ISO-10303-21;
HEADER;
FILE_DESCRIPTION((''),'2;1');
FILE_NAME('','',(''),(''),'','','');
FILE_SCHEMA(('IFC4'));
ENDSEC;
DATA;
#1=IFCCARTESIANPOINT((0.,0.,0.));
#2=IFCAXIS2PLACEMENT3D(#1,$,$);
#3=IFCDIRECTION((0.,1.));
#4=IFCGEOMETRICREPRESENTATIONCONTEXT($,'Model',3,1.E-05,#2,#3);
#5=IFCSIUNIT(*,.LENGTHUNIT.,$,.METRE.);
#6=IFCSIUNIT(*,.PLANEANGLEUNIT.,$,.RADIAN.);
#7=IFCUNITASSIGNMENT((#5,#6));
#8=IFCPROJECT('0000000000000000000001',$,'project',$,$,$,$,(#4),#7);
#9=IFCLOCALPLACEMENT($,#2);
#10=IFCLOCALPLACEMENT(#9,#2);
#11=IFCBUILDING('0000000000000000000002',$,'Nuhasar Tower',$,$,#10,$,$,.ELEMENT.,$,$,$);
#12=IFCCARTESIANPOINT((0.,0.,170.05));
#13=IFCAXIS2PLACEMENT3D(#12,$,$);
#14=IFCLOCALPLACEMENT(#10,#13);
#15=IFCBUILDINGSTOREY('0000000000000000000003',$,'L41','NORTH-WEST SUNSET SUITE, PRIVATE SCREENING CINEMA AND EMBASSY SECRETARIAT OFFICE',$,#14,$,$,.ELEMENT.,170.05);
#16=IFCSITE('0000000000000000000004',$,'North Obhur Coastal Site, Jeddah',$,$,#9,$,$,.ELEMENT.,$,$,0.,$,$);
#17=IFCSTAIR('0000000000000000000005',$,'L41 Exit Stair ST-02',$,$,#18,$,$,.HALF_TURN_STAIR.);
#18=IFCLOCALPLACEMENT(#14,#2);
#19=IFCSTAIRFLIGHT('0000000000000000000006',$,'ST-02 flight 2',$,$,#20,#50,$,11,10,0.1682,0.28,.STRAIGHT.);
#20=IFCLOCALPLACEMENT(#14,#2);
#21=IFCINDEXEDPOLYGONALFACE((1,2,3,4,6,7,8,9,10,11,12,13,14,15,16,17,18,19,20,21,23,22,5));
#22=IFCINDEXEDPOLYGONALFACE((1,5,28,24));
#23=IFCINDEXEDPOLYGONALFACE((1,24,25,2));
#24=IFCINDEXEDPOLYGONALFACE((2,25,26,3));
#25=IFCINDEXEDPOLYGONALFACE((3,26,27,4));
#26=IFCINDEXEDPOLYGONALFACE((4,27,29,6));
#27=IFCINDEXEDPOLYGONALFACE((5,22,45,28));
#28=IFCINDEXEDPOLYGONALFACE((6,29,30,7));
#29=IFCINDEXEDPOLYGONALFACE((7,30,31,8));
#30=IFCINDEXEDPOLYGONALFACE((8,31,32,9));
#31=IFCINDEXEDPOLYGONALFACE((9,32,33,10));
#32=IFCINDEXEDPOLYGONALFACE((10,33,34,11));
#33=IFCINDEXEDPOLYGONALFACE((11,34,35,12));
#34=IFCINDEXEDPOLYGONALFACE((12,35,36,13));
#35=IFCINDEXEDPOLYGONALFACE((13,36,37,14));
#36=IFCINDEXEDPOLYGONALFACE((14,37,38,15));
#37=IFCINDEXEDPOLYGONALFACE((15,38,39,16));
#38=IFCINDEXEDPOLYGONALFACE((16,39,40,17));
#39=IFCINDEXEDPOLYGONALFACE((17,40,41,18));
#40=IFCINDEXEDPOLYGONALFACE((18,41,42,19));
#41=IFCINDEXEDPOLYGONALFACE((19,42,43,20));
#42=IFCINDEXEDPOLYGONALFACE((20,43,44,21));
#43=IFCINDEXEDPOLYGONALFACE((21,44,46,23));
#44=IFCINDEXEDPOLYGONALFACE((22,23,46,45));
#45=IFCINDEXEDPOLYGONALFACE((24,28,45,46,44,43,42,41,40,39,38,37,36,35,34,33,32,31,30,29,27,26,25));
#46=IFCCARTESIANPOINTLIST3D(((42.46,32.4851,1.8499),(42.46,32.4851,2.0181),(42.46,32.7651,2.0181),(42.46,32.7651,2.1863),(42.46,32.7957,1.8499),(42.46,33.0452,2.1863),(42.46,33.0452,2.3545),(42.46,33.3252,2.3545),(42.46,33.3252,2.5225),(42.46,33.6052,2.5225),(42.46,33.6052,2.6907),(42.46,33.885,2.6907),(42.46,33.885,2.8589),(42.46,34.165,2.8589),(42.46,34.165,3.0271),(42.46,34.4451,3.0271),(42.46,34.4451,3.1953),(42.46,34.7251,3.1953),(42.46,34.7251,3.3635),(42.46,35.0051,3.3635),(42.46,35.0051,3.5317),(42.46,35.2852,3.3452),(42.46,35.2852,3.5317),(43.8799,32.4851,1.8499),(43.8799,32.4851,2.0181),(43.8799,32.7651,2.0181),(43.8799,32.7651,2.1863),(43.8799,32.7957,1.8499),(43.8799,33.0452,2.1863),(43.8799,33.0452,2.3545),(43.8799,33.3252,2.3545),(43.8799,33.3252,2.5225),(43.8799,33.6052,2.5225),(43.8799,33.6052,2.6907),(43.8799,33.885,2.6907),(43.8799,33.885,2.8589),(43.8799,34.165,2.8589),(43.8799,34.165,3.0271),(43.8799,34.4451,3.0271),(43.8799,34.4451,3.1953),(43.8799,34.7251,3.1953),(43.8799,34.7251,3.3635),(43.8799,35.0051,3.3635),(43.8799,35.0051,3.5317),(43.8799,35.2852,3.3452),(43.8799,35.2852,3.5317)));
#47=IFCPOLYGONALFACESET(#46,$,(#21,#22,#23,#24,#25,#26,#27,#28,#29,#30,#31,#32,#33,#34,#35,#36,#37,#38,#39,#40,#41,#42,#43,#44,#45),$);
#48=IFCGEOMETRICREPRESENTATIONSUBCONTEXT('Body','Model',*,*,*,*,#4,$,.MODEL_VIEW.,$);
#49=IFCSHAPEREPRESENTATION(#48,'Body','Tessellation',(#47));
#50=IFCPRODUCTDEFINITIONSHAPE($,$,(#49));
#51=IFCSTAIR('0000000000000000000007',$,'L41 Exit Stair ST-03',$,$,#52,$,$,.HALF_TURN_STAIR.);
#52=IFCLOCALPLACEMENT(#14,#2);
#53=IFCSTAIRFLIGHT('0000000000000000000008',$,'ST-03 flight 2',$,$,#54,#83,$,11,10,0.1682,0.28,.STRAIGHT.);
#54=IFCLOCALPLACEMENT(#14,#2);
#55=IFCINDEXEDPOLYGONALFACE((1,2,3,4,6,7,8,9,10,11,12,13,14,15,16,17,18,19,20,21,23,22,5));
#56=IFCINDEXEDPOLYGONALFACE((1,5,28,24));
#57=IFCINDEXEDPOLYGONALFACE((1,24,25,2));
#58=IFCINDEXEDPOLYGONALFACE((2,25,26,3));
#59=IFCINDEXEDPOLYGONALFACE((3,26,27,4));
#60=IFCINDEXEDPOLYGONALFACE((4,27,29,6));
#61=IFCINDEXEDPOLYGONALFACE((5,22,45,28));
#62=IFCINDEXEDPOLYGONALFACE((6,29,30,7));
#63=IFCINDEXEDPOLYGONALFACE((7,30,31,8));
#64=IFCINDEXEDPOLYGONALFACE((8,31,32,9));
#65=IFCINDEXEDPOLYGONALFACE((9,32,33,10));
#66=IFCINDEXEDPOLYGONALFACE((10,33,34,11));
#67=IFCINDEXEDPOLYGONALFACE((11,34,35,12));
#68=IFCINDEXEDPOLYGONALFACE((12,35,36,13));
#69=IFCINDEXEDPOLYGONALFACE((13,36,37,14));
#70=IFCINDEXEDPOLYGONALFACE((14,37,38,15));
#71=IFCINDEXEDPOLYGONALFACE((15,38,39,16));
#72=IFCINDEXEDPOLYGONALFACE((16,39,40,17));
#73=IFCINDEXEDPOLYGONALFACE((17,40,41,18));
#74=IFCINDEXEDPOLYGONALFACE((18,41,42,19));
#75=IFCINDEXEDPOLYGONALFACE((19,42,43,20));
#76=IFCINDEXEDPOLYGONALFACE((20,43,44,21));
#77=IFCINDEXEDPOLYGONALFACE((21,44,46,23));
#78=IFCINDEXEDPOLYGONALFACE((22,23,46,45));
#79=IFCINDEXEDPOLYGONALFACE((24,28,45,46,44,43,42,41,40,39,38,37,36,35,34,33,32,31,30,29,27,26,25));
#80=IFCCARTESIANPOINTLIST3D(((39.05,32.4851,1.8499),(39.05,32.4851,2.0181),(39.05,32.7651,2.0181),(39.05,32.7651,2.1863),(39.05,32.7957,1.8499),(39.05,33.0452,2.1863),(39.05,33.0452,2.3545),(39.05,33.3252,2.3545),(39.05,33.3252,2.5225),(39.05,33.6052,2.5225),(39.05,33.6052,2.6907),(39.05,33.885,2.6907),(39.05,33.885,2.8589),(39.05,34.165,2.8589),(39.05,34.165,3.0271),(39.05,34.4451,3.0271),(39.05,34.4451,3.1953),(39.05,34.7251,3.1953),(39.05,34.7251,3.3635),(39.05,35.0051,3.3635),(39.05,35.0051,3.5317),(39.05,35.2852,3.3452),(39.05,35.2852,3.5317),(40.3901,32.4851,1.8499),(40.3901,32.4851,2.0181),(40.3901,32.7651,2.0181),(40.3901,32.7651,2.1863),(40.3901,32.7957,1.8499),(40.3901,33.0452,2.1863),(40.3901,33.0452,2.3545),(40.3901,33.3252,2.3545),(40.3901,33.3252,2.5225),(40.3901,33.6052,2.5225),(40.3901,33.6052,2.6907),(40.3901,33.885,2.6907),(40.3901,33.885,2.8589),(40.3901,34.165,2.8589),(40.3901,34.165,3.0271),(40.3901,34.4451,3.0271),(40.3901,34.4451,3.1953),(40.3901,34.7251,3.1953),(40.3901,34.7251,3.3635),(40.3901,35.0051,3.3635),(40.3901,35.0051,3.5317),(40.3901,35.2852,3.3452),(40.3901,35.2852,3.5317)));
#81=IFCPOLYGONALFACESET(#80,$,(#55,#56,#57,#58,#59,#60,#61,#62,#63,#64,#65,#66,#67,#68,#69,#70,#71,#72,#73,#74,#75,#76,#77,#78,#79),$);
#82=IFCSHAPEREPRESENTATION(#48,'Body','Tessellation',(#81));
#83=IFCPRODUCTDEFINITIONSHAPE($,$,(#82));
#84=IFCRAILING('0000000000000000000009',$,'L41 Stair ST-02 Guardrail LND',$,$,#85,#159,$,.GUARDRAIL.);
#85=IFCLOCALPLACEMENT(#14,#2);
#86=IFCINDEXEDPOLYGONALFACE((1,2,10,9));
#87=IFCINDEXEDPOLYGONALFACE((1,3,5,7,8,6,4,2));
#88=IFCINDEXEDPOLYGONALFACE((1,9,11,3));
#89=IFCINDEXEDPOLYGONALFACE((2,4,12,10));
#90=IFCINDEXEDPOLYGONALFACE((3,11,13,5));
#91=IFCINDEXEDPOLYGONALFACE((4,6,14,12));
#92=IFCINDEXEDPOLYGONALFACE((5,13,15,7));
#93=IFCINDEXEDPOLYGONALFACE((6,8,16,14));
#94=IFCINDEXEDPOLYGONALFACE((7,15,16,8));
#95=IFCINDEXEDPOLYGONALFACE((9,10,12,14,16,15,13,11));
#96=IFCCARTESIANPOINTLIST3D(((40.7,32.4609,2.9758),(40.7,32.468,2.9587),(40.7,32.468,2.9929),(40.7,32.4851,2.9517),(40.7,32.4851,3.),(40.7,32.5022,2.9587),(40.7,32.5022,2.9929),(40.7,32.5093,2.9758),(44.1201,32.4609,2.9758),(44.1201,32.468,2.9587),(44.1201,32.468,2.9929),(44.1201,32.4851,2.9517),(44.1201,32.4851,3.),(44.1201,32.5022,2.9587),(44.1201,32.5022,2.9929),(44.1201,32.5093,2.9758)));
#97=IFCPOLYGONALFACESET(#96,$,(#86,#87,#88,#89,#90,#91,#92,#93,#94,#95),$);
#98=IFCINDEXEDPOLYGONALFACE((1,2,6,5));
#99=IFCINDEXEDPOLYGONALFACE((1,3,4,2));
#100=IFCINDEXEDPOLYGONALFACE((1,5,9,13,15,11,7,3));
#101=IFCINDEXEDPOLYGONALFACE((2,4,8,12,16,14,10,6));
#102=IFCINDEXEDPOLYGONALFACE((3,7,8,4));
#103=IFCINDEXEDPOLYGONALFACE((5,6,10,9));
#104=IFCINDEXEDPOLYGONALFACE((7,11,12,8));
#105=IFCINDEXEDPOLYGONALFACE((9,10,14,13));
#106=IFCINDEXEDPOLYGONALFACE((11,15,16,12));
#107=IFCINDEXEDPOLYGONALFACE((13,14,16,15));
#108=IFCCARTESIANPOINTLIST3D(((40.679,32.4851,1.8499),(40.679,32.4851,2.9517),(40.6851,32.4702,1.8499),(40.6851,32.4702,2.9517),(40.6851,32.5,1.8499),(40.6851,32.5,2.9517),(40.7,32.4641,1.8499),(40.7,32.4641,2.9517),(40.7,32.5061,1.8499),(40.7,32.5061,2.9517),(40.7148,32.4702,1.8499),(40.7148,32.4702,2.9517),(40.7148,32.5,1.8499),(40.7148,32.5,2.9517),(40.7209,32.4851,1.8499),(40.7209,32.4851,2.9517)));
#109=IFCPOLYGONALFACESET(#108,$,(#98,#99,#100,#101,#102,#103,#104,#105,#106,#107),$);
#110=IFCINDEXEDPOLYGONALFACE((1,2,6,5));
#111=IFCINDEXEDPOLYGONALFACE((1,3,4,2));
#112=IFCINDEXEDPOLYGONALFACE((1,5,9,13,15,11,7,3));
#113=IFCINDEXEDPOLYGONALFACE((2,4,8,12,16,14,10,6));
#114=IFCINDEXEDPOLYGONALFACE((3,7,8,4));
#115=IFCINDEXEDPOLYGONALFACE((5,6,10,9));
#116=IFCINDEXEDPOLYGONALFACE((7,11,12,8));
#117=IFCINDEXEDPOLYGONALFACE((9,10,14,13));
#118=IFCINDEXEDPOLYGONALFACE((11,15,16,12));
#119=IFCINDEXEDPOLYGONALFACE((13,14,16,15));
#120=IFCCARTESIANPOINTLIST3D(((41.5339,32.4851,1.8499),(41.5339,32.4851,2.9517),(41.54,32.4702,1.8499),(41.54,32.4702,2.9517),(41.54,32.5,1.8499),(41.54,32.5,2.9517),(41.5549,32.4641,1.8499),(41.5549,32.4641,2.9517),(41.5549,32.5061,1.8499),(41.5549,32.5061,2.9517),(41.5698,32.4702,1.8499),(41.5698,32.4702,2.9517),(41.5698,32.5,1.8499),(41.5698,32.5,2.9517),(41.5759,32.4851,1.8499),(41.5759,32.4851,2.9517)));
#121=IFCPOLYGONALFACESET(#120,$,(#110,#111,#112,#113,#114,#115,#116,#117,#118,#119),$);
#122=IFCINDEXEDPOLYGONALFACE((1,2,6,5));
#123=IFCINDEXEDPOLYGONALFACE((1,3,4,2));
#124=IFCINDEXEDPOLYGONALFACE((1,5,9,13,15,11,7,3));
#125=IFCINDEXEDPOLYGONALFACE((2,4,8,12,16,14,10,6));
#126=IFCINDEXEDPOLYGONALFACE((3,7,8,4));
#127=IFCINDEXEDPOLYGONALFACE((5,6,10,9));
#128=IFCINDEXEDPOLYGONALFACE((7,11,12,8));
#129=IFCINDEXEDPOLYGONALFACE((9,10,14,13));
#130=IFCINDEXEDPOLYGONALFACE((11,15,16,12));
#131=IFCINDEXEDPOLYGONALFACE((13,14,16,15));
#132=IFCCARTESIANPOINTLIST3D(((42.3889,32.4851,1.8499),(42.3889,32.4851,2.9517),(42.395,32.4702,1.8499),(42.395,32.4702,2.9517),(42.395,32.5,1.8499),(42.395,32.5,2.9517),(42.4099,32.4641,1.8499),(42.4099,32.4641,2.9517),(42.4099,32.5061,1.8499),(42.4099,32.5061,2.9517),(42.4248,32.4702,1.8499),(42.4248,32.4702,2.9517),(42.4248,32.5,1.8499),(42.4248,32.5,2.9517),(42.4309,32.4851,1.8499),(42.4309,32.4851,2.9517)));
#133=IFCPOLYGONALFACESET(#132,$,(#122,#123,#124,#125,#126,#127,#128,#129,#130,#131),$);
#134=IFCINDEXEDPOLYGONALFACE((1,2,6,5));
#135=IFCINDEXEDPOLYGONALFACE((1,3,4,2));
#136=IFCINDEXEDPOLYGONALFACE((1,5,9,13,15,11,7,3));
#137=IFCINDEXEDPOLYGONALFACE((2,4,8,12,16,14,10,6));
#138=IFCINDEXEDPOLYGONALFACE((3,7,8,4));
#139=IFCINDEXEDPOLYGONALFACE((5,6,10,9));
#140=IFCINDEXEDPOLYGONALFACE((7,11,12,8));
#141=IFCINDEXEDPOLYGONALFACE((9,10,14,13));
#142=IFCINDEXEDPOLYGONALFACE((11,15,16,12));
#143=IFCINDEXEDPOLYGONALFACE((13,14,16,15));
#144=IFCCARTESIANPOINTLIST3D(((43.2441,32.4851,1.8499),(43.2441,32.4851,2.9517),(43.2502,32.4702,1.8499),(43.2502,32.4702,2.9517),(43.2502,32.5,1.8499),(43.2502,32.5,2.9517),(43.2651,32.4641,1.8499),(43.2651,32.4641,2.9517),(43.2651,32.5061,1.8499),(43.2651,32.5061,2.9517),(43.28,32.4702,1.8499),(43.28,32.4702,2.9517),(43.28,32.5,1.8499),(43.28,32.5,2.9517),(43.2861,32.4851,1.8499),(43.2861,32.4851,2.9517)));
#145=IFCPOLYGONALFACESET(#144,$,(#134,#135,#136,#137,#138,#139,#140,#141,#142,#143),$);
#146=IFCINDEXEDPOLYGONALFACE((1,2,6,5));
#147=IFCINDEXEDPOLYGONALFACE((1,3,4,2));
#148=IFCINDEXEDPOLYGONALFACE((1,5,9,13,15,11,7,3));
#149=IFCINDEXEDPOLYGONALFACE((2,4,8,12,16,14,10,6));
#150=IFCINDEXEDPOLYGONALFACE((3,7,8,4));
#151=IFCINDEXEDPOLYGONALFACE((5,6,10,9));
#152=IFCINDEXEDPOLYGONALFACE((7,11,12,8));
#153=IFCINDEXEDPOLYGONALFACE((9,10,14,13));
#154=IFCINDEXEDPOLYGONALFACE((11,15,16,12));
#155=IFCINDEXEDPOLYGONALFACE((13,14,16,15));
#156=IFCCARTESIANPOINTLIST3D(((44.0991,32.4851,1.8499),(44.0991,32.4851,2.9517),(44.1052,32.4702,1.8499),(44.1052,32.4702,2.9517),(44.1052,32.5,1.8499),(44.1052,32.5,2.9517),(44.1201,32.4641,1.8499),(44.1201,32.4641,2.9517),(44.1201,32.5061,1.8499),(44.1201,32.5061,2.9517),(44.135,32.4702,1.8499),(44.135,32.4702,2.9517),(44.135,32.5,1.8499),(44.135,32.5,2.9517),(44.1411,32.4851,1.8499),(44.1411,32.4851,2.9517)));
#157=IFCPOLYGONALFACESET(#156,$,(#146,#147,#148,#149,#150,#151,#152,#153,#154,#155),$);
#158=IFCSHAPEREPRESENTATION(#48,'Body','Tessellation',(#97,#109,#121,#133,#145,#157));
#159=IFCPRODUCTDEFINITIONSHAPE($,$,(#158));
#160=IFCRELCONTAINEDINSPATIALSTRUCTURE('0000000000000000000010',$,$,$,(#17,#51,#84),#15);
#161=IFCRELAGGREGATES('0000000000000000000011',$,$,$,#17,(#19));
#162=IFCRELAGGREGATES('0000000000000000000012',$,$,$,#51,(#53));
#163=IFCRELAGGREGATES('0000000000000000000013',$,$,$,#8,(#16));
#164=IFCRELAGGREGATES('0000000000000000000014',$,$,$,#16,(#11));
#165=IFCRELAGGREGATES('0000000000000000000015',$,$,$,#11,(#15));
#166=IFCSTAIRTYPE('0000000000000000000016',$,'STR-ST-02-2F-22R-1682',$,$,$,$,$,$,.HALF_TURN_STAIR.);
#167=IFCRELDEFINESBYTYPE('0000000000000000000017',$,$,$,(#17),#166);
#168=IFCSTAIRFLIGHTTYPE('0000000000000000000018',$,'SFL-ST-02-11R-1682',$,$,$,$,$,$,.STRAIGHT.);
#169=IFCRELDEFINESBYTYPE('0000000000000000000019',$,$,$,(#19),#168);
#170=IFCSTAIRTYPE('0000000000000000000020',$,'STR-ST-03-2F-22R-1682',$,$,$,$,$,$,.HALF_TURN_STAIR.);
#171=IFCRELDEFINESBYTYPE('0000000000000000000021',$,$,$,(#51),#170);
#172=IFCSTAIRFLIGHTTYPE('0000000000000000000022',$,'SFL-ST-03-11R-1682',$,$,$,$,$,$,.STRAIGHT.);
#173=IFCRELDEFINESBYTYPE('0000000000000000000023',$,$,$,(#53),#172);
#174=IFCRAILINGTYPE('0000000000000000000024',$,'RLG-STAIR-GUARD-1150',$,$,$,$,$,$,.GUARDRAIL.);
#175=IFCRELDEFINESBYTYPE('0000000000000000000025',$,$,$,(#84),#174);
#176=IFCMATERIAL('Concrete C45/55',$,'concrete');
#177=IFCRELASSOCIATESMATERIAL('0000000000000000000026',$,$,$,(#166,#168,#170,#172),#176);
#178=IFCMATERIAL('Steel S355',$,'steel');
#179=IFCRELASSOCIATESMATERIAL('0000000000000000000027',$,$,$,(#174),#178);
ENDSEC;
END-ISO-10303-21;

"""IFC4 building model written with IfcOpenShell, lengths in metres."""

from ifc_helpers import new_model, si_unit, direction, frame, origin, place, context, subcontext, project, spatial, polyline, outline, extrude, material, type_object, element, aggregate, save


model = new_model("IFC4")

# Units and contexts
model_context = context("Model", 3, precision=1e-05, world=origin(), true_north=direction((0.0, 1.0)))
body_context = subcontext(model_context, "Body", "Model", "MODEL_VIEW")
ifc_project = project(units=[si_unit("LENGTHUNIT", "METRE"), si_unit("PLANEANGLEUNIT", "RADIAN")], contexts=[model_context])

# Site, building, storey
site_placement = place(None, origin())
site = spatial("IfcSite", under=ifc_project, at=site_placement, Name="North Obhur Coastal Site, Jeddah", CompositionType="ELEMENT", RefElevation=0.0)
building_placement = place(site_placement, origin())
building = spatial("IfcBuilding", under=site, at=building_placement, Name="Nuhasar Tower", CompositionType="ELEMENT")
storey_placement = place(building_placement, frame((0.0, 0.0, 170.05)))
storey = spatial("IfcBuildingStorey", under=building, at=storey_placement, Name="L41", Description="NORTH-WEST SUNSET SUITE, PRIVATE SCREENING CINEMA AND EMBASSY SECRETARIAT OFFICE", CompositionType="ELEMENT", Elevation=170.05)

# Shared definitions
ifc_material_1 = material(Name="Steel S355", Category="steel")

# Shared definitions
ifc_material_2 = material(Name="Concrete C45/55", Category="concrete")

# Stair, stair flight
stair_type_1 = type_object("IfcStairType", Name="STR-ST-02-2F-22R-1682", PredefinedType="HALF_TURN_STAIR", material=ifc_material_2)
stair_1_placement = place(storey_placement, origin())
stair_1 = element("IfcStair", 1, at=stair_1_placement, inside=storey, type_object=stair_type_1, Name="L41 Exit Stair ST-02", PredefinedType="HALF_TURN_STAIR")
stair_flight_type_1 = type_object("IfcStairFlightType", Name="SFL-ST-02-11R-1682", PredefinedType="STRAIGHT", material=ifc_material_2)
stair_flight_1_placement = place(storey_placement, frame((43.1699, 32.4851, 1.8499), z_axis=(0.0, 0.0, 1.0), x_axis=(0.0, 1.0, 0.0)))
stair_flight_1 = element("IfcStairFlight", 2, at=stair_flight_1_placement, type_object=stair_flight_type_1, Name="ST-02 flight 2", NumberOfRisers=11, NumberOfTreads=10, PredefinedType="STRAIGHT", RiserHeight=0.1682, TreadLength=0.28, context=body_context, shape_type="SweptSolid", body=[
    extrude(outline(polyline([(0.0, 0.0), (0.0, 0.1682), (0.28, 0.1682), (0.28, 0.3364), (0.5601, 0.3364), (0.5601, 0.5046), (0.8401, 0.5046), (0.8401, 0.6726), (1.1201, 0.6726), (1.1201, 0.8408), (1.3999, 0.8408), (1.3999, 1.009), (1.6799, 1.009), (1.6799, 1.1772), (1.96, 1.1772), (1.96, 1.3455), (2.24, 1.3455), (2.24, 1.5137), (2.52, 1.5137), (2.52, 1.6819), (2.8, 1.6819), (2.8, 1.8501), (2.8, 1.4954), (0.3105, 0.0), (0.0, 0.0)])), frame((0.0, 0.71, 0.0), z_axis=(0.0, -1.0, 0.0), x_axis=(1.0, 0.0, 0.0)), (0.0, 0.0, 1.0), 1.4199),
])
aggregate(stair_1, [stair_flight_1])

# Stair, stair flight
stair_type_2 = type_object("IfcStairType", Name="STR-ST-03-2F-22R-1682", PredefinedType="HALF_TURN_STAIR", material=ifc_material_2)
stair_2_placement = place(storey_placement, origin())
stair_2 = element("IfcStair", 3, at=stair_2_placement, inside=storey, type_object=stair_type_2, Name="L41 Exit Stair ST-03", PredefinedType="HALF_TURN_STAIR")
stair_flight_type_2 = type_object("IfcStairFlightType", Name="SFL-ST-03-11R-1682", PredefinedType="STRAIGHT", material=ifc_material_2)
stair_flight_2_placement = place(storey_placement, frame((39.72, 32.4851, 1.8499), z_axis=(0.0, 0.0, 1.0), x_axis=(0.0, 1.0, 0.0)))
stair_flight_2 = element("IfcStairFlight", 4, at=stair_flight_2_placement, type_object=stair_flight_type_2, Name="ST-03 flight 2", NumberOfRisers=11, NumberOfTreads=10, PredefinedType="STRAIGHT", RiserHeight=0.1682, TreadLength=0.28, context=body_context, shape_type="SweptSolid", body=[
    extrude(outline(polyline([(0.0, 0.0), (0.0, 0.1682), (0.28, 0.1682), (0.28, 0.3364), (0.5601, 0.3364), (0.5601, 0.5046), (0.8401, 0.5046), (0.8401, 0.6726), (1.1201, 0.6726), (1.1201, 0.8408), (1.3999, 0.8408), (1.3999, 1.009), (1.6799, 1.009), (1.6799, 1.1772), (1.96, 1.1772), (1.96, 1.3455), (2.24, 1.3455), (2.24, 1.5137), (2.52, 1.5137), (2.52, 1.6819), (2.8, 1.6819), (2.8, 1.8501), (2.8, 1.4954), (0.3105, 0.0), (0.0, 0.0)])), frame((0.0, 0.6699, 0.0), z_axis=(0.0, -1.0, 0.0), x_axis=(1.0, 0.0, 0.0)), (0.0, 0.0, 1.0), 1.3401),
])
aggregate(stair_2, [stair_flight_2])

# Railing
railing_type_1 = type_object("IfcRailingType", Name="RLG-STAIR-GUARD-1150", PredefinedType="GUARDRAIL", material=ifc_material_1)
railing_1_placement = place(storey_placement, frame((40.7, 32.4851, 1.8499)))
element("IfcRailing", 5, at=railing_1_placement, inside=storey, type_object=railing_type_1, Name="L41 Stair ST-02 Guardrail LND", PredefinedType="GUARDRAIL", context=body_context, shape_type="SweptSolid", body=[
    extrude(outline(polyline([(0.0242, 0.0), (0.0171, 0.0171), (0.0, 0.0242), (-0.0171, 0.0171), (-0.0242, 0.0), (-0.0171, -0.0171), (0.0, -0.0242), (0.0171, -0.0171), (0.0242, 0.0)])), frame((0.0, 0.0, 1.126), z_axis=(1.0, 0.0, 0.0), x_axis=(0.0, 1.0, 0.0)), (0.0, 0.0, 1.0), 3.4202),
    extrude(outline(polyline([(0.021, 0.0), (0.0149, 0.0149), (0.0, 0.021), (-0.0149, 0.0149), (-0.021, 0.0), (-0.0149, -0.0149), (0.0, -0.021), (0.0149, -0.0149), (0.021, 0.0)])), origin(), (0.0, 0.0, 1.0), 1.1018),
    extrude(outline(polyline([(0.021, 0.0), (0.0149, 0.0149), (0.0, 0.021), (-0.0149, 0.0149), (-0.021, 0.0), (-0.0149, -0.0149), (0.0, -0.021), (0.0149, -0.0149), (0.021, 0.0)])), frame((0.855, 0.0, 0.0)), (0.0, 0.0, 1.0), 1.1018),
    extrude(outline(polyline([(0.021, 0.0), (0.0149, 0.0149), (0.0, 0.021), (-0.0149, 0.0149), (-0.021, 0.0), (-0.0149, -0.0149), (0.0, -0.021), (0.0149, -0.0149), (0.021, 0.0)])), frame((1.71, 0.0, 0.0)), (0.0, 0.0, 1.0), 1.1018),
    extrude(outline(polyline([(0.021, 0.0), (0.0149, 0.0149), (0.0, 0.021), (-0.0149, 0.0149), (-0.021, 0.0), (-0.0149, -0.0149), (0.0, -0.021), (0.0149, -0.0149), (0.021, 0.0)])), frame((2.5652, 0.0, 0.0)), (0.0, 0.0, 1.0), 1.1018),
    extrude(outline(polyline([(0.021, 0.0), (0.0149, 0.0149), (0.0, 0.021), (-0.0149, 0.0149), (-0.021, 0.0), (-0.0149, -0.0149), (0.0, -0.021), (0.0149, -0.0149), (0.021, 0.0)])), frame((3.4202, 0.0, 0.0)), (0.0, 0.0, 1.0), 1.1018),
])

save(model, "model.ifc")
